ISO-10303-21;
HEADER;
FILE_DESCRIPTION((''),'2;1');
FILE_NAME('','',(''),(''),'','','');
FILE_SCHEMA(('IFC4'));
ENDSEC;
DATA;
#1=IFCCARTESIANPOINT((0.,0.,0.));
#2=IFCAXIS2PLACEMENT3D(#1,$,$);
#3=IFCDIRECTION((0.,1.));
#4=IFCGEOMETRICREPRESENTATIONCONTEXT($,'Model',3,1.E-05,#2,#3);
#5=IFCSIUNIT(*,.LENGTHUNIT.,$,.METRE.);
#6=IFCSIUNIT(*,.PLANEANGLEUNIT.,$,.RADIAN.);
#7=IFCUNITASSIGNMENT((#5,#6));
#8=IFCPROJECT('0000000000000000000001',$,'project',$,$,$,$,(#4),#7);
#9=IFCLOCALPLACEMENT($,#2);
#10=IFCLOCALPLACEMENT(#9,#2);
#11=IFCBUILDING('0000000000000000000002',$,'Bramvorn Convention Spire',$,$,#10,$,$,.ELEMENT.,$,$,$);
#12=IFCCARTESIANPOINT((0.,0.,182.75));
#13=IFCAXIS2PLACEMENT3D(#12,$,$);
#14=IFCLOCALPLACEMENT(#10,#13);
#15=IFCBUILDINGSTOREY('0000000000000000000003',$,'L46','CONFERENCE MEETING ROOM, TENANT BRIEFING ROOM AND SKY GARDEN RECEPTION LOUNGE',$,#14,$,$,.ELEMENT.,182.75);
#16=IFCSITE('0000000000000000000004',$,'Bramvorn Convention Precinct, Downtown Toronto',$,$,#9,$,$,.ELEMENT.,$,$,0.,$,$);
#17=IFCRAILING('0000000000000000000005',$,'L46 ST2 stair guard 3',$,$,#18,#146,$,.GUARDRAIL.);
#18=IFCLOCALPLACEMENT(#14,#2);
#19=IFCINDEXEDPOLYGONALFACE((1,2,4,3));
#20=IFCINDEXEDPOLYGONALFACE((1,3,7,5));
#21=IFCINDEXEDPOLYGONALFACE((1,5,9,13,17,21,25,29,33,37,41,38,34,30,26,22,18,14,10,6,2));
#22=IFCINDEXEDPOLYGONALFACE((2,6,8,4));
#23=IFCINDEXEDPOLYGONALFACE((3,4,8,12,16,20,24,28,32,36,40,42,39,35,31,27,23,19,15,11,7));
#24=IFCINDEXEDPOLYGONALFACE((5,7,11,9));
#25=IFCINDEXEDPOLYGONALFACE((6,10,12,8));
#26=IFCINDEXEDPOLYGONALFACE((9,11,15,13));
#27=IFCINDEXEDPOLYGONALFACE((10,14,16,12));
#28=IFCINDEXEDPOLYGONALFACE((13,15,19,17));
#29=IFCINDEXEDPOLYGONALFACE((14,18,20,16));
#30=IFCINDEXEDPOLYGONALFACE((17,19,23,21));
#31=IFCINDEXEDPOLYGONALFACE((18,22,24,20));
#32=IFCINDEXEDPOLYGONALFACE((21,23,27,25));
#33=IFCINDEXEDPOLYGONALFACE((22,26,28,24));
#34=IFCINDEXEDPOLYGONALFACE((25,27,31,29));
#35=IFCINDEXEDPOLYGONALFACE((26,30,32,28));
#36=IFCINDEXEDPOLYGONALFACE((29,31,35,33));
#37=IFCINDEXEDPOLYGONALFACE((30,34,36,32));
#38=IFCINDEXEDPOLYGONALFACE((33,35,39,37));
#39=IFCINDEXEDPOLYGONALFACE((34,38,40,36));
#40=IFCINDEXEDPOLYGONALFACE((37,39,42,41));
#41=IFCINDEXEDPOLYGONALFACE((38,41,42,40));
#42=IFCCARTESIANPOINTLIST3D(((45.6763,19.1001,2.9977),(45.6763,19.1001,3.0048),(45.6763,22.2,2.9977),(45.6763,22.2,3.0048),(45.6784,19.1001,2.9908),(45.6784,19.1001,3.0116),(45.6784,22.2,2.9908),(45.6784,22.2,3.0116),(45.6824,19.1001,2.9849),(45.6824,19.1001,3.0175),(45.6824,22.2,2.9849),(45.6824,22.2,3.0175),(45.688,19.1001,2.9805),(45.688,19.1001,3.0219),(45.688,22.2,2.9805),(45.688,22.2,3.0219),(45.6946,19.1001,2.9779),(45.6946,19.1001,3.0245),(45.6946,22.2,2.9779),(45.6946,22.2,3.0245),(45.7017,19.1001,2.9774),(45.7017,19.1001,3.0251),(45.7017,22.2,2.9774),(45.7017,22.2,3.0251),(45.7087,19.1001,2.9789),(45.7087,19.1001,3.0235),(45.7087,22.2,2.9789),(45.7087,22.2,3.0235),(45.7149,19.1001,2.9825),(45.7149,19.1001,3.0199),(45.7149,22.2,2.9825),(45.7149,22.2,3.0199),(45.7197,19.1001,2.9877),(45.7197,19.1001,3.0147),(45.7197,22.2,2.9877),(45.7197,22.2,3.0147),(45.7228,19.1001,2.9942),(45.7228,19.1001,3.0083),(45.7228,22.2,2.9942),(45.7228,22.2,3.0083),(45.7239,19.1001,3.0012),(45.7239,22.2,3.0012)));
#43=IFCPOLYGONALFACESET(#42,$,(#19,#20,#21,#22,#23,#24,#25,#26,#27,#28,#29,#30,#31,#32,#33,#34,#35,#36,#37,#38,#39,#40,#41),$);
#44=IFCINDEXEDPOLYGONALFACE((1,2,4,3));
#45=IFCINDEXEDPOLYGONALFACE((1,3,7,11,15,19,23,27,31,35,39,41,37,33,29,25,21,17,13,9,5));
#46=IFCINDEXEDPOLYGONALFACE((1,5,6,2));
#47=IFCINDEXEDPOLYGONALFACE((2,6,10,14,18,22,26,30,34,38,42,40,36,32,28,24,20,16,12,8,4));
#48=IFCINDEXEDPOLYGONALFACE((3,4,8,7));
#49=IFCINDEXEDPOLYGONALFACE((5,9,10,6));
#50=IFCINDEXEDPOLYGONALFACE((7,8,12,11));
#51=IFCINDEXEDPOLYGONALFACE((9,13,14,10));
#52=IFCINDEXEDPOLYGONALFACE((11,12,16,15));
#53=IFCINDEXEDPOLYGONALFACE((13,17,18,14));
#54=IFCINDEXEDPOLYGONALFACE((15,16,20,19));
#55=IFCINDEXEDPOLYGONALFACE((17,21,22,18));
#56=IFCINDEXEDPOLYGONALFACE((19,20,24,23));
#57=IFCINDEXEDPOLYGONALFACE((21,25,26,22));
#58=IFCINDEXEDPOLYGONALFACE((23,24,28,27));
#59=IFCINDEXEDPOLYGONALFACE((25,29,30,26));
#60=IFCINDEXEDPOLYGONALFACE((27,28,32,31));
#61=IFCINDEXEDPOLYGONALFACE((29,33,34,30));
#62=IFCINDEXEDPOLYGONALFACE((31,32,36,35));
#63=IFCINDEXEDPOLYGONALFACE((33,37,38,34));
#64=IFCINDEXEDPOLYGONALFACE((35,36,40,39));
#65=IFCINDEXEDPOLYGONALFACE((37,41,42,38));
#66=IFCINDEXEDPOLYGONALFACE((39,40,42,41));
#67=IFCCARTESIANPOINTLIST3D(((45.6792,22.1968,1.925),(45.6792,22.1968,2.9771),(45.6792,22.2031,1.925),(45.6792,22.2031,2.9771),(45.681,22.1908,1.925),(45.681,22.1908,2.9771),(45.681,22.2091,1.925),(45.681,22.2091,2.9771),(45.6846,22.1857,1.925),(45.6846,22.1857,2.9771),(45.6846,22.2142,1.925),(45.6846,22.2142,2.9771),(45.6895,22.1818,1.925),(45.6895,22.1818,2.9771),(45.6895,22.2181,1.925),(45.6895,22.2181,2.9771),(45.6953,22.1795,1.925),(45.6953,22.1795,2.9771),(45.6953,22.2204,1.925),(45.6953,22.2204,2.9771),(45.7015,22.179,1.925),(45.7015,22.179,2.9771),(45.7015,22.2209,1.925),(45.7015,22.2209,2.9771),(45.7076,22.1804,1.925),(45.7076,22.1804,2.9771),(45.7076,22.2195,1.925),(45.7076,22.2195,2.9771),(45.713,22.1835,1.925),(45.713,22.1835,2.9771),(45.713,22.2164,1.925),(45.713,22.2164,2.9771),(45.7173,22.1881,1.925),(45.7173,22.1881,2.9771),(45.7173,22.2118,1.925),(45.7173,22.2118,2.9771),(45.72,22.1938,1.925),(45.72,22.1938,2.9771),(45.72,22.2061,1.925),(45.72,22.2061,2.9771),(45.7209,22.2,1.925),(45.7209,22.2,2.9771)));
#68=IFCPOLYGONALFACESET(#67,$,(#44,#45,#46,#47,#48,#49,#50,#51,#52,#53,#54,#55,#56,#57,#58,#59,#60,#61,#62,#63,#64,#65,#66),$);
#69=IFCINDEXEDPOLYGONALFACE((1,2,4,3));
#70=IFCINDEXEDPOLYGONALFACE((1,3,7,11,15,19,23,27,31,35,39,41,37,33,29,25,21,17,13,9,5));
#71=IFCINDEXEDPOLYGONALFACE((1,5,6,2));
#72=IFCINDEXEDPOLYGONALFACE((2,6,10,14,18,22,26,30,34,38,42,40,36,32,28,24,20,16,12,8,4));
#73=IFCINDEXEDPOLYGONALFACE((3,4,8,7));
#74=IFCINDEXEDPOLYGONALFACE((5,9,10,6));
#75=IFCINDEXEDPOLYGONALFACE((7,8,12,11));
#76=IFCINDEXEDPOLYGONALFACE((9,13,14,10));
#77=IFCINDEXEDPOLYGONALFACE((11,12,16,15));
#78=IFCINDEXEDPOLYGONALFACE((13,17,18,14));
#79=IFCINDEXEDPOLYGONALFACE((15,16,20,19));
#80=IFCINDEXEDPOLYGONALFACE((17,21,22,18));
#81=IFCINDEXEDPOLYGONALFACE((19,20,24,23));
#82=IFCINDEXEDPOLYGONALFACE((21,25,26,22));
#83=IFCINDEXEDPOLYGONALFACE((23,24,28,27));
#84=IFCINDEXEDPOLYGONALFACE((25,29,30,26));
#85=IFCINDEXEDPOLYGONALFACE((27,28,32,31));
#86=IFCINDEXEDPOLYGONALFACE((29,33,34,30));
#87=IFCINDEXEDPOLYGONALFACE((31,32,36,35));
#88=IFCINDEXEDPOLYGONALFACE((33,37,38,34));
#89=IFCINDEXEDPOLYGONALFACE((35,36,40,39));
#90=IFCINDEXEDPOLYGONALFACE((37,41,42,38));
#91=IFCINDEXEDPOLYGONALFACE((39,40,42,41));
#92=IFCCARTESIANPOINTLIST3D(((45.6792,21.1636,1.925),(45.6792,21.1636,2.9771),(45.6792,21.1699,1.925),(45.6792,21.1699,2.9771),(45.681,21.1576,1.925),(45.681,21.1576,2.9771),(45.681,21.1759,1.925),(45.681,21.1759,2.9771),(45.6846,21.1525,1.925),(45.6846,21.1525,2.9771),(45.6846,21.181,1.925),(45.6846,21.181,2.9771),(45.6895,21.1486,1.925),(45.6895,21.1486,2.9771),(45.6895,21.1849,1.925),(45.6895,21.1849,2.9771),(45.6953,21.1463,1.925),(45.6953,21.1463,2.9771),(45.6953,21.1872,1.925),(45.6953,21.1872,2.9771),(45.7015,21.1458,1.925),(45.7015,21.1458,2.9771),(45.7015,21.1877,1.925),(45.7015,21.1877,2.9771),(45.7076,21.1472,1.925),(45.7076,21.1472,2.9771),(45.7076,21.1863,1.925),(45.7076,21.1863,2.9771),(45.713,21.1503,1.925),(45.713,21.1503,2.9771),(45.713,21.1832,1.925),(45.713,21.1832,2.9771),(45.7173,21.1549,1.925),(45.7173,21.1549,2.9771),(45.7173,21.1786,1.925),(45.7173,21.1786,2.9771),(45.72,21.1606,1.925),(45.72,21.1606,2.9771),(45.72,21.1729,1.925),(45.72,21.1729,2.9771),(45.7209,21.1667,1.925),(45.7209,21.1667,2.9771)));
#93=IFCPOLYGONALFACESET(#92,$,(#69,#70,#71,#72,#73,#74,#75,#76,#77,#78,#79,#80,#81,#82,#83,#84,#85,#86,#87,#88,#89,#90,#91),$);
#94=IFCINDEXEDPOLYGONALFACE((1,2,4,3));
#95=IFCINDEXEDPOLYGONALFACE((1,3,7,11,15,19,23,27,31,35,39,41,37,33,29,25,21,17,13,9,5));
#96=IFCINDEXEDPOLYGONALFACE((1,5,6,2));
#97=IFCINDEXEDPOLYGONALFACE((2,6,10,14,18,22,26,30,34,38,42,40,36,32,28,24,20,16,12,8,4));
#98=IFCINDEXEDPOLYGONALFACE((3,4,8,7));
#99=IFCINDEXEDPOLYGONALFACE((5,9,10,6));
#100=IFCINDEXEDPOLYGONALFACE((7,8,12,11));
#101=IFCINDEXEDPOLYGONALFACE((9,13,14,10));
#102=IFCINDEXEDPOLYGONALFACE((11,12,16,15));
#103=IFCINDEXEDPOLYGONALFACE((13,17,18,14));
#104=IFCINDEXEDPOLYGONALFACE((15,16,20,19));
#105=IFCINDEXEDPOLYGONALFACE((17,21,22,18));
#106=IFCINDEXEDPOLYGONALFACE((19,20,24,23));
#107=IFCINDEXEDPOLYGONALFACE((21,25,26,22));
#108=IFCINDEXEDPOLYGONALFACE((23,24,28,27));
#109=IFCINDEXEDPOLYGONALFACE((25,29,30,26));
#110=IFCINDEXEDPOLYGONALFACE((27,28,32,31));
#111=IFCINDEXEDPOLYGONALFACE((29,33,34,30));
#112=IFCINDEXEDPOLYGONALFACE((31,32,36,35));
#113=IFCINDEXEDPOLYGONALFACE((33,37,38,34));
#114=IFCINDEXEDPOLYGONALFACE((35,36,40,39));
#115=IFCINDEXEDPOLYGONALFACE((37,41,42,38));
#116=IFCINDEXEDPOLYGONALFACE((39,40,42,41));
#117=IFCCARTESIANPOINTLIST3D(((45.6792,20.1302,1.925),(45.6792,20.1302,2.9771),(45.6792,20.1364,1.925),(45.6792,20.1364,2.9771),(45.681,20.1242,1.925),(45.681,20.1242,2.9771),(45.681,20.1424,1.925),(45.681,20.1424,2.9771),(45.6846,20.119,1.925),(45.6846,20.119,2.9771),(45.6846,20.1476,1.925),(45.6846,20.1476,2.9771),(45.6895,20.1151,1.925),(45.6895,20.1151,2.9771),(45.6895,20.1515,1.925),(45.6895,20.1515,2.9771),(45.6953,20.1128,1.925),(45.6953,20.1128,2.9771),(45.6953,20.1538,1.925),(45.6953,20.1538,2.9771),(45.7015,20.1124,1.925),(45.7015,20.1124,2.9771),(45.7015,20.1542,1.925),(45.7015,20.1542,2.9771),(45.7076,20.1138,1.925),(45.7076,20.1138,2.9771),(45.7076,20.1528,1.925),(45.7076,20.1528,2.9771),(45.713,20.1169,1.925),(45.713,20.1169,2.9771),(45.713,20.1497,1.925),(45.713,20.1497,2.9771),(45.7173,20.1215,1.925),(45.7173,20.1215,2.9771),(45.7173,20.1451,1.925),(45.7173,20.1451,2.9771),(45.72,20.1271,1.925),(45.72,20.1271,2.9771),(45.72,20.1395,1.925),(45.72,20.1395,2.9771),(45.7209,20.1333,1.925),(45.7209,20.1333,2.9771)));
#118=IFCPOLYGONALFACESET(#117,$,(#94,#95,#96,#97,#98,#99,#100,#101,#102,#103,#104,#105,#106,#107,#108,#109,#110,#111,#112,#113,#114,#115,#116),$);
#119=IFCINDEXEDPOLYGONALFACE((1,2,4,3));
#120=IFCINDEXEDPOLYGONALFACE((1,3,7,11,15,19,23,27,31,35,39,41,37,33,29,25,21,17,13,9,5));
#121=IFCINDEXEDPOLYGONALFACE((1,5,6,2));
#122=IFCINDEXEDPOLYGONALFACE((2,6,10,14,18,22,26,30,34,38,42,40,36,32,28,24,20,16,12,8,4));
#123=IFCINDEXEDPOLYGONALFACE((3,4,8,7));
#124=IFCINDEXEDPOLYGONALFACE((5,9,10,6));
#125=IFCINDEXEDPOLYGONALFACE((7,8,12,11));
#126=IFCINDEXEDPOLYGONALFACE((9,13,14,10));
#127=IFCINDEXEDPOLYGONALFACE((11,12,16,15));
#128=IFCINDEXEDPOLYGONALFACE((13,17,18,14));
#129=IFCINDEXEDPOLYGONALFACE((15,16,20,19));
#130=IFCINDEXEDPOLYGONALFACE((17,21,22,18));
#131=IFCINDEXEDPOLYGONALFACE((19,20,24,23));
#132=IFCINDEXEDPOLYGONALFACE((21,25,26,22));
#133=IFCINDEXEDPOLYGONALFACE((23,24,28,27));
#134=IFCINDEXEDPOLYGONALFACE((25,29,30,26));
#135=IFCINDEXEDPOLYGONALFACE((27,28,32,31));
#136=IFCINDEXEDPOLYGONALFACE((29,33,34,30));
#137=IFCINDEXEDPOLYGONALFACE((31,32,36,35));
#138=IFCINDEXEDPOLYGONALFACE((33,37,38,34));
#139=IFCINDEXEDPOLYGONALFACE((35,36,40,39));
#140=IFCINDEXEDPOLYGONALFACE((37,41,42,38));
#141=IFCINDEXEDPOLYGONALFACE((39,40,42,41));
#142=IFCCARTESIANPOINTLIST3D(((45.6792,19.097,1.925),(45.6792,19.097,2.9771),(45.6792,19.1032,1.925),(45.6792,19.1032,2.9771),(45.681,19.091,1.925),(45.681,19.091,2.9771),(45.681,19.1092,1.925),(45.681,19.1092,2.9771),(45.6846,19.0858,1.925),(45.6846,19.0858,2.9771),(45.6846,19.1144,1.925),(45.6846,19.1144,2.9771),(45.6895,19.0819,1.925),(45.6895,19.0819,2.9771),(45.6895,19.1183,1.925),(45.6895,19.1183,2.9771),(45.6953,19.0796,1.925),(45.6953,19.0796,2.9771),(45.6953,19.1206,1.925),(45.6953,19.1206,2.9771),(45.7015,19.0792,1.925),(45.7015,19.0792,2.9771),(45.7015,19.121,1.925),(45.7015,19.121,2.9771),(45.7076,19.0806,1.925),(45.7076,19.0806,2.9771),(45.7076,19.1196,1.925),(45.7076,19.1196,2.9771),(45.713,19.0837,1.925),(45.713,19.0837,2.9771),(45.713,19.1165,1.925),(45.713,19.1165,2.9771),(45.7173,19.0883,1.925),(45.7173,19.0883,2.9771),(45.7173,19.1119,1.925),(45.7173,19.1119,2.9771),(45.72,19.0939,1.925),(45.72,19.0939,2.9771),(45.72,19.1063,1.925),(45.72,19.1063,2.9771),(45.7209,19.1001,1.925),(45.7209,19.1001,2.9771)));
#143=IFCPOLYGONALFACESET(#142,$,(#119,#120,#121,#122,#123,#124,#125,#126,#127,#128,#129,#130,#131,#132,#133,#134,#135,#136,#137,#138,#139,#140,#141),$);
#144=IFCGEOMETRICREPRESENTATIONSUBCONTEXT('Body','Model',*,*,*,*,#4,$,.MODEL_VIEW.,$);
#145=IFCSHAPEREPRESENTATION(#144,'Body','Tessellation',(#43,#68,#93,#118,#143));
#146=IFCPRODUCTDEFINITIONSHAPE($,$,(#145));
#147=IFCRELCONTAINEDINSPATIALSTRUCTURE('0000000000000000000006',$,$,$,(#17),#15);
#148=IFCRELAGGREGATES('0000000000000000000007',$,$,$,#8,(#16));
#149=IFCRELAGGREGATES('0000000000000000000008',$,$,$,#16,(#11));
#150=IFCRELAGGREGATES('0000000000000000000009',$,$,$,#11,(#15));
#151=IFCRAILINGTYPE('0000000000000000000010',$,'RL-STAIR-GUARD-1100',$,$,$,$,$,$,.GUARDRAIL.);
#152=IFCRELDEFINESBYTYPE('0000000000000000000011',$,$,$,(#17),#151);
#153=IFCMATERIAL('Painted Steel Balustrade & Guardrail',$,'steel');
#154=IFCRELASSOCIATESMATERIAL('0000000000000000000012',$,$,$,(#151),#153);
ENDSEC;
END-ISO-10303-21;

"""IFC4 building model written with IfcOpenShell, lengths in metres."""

from ifc_helpers import new_model, si_unit, direction, frame, origin, origin_2d, place, context, subcontext, project, spatial, circle, extrude, material, type_object, element, save


model = new_model("IFC4")

# Units and contexts
model_context = context("Model", 3, precision=1e-05, world=origin(), true_north=direction((0.0, 1.0)))
body_context = subcontext(model_context, "Body", "Model", "MODEL_VIEW")
ifc_project = project(units=[si_unit("LENGTHUNIT", "METRE"), si_unit("PLANEANGLEUNIT", "RADIAN")], contexts=[model_context])

# Site, building, storey
site_placement = place(None, origin())
site = spatial("IfcSite", under=ifc_project, at=site_placement, Name="Bramvorn Convention Precinct, Downtown Toronto", CompositionType="ELEMENT", RefElevation=0.0)
building_placement = place(site_placement, origin())
building = spatial("IfcBuilding", under=site, at=building_placement, Name="Bramvorn Convention Spire", CompositionType="ELEMENT")
storey_placement = place(building_placement, frame((0.0, 0.0, 182.75)))
storey = spatial("IfcBuildingStorey", under=building, at=storey_placement, Name="L46", Description="CONFERENCE MEETING ROOM, TENANT BRIEFING ROOM AND SKY GARDEN RECEPTION LOUNGE", CompositionType="ELEMENT", Elevation=182.75)

# Railing
ifc_material_1 = material(Name="Painted Steel Balustrade & Guardrail", Category="steel")
railing_type = type_object("IfcRailingType", Name="RL-STAIR-GUARD-1100", PredefinedType="GUARDRAIL", material=ifc_material_1)
railing_1_placement = place(storey_placement, frame((45.7, 22.2, 1.925)))
element("IfcRailing", 1, at=railing_1_placement, inside=storey, type_object=railing_type, Name="L46 ST2 stair guard 3", PredefinedType="GUARDRAIL", context=body_context, shape_type="SweptSolid", body=[
    extrude(circle(Radius=0.0239, at=origin_2d()), frame((0.0, 0.0, 1.0762), z_axis=(0.0, -1.0, 0.0), x_axis=(1.0, 0.0, 0.0)), (0.0, 0.0, 1.0), 3.0999),
    extrude(circle(Radius=0.021, at=origin_2d()), origin(), (0.0, 0.0, 1.0), 1.052),
    extrude(circle(Radius=0.021, at=origin_2d()), frame((0.0, -1.0332, 0.0)), (0.0, 0.0, 1.0), 1.052),
    extrude(circle(Radius=0.021, at=origin_2d()), frame((0.0, -2.0667, 0.0)), (0.0, 0.0, 1.0), 1.052),
    extrude(circle(Radius=0.021, at=origin_2d()), frame((0.0, -3.0999, 0.0)), (0.0, 0.0, 1.0), 1.052),
])

save(model, "model.ifc")
